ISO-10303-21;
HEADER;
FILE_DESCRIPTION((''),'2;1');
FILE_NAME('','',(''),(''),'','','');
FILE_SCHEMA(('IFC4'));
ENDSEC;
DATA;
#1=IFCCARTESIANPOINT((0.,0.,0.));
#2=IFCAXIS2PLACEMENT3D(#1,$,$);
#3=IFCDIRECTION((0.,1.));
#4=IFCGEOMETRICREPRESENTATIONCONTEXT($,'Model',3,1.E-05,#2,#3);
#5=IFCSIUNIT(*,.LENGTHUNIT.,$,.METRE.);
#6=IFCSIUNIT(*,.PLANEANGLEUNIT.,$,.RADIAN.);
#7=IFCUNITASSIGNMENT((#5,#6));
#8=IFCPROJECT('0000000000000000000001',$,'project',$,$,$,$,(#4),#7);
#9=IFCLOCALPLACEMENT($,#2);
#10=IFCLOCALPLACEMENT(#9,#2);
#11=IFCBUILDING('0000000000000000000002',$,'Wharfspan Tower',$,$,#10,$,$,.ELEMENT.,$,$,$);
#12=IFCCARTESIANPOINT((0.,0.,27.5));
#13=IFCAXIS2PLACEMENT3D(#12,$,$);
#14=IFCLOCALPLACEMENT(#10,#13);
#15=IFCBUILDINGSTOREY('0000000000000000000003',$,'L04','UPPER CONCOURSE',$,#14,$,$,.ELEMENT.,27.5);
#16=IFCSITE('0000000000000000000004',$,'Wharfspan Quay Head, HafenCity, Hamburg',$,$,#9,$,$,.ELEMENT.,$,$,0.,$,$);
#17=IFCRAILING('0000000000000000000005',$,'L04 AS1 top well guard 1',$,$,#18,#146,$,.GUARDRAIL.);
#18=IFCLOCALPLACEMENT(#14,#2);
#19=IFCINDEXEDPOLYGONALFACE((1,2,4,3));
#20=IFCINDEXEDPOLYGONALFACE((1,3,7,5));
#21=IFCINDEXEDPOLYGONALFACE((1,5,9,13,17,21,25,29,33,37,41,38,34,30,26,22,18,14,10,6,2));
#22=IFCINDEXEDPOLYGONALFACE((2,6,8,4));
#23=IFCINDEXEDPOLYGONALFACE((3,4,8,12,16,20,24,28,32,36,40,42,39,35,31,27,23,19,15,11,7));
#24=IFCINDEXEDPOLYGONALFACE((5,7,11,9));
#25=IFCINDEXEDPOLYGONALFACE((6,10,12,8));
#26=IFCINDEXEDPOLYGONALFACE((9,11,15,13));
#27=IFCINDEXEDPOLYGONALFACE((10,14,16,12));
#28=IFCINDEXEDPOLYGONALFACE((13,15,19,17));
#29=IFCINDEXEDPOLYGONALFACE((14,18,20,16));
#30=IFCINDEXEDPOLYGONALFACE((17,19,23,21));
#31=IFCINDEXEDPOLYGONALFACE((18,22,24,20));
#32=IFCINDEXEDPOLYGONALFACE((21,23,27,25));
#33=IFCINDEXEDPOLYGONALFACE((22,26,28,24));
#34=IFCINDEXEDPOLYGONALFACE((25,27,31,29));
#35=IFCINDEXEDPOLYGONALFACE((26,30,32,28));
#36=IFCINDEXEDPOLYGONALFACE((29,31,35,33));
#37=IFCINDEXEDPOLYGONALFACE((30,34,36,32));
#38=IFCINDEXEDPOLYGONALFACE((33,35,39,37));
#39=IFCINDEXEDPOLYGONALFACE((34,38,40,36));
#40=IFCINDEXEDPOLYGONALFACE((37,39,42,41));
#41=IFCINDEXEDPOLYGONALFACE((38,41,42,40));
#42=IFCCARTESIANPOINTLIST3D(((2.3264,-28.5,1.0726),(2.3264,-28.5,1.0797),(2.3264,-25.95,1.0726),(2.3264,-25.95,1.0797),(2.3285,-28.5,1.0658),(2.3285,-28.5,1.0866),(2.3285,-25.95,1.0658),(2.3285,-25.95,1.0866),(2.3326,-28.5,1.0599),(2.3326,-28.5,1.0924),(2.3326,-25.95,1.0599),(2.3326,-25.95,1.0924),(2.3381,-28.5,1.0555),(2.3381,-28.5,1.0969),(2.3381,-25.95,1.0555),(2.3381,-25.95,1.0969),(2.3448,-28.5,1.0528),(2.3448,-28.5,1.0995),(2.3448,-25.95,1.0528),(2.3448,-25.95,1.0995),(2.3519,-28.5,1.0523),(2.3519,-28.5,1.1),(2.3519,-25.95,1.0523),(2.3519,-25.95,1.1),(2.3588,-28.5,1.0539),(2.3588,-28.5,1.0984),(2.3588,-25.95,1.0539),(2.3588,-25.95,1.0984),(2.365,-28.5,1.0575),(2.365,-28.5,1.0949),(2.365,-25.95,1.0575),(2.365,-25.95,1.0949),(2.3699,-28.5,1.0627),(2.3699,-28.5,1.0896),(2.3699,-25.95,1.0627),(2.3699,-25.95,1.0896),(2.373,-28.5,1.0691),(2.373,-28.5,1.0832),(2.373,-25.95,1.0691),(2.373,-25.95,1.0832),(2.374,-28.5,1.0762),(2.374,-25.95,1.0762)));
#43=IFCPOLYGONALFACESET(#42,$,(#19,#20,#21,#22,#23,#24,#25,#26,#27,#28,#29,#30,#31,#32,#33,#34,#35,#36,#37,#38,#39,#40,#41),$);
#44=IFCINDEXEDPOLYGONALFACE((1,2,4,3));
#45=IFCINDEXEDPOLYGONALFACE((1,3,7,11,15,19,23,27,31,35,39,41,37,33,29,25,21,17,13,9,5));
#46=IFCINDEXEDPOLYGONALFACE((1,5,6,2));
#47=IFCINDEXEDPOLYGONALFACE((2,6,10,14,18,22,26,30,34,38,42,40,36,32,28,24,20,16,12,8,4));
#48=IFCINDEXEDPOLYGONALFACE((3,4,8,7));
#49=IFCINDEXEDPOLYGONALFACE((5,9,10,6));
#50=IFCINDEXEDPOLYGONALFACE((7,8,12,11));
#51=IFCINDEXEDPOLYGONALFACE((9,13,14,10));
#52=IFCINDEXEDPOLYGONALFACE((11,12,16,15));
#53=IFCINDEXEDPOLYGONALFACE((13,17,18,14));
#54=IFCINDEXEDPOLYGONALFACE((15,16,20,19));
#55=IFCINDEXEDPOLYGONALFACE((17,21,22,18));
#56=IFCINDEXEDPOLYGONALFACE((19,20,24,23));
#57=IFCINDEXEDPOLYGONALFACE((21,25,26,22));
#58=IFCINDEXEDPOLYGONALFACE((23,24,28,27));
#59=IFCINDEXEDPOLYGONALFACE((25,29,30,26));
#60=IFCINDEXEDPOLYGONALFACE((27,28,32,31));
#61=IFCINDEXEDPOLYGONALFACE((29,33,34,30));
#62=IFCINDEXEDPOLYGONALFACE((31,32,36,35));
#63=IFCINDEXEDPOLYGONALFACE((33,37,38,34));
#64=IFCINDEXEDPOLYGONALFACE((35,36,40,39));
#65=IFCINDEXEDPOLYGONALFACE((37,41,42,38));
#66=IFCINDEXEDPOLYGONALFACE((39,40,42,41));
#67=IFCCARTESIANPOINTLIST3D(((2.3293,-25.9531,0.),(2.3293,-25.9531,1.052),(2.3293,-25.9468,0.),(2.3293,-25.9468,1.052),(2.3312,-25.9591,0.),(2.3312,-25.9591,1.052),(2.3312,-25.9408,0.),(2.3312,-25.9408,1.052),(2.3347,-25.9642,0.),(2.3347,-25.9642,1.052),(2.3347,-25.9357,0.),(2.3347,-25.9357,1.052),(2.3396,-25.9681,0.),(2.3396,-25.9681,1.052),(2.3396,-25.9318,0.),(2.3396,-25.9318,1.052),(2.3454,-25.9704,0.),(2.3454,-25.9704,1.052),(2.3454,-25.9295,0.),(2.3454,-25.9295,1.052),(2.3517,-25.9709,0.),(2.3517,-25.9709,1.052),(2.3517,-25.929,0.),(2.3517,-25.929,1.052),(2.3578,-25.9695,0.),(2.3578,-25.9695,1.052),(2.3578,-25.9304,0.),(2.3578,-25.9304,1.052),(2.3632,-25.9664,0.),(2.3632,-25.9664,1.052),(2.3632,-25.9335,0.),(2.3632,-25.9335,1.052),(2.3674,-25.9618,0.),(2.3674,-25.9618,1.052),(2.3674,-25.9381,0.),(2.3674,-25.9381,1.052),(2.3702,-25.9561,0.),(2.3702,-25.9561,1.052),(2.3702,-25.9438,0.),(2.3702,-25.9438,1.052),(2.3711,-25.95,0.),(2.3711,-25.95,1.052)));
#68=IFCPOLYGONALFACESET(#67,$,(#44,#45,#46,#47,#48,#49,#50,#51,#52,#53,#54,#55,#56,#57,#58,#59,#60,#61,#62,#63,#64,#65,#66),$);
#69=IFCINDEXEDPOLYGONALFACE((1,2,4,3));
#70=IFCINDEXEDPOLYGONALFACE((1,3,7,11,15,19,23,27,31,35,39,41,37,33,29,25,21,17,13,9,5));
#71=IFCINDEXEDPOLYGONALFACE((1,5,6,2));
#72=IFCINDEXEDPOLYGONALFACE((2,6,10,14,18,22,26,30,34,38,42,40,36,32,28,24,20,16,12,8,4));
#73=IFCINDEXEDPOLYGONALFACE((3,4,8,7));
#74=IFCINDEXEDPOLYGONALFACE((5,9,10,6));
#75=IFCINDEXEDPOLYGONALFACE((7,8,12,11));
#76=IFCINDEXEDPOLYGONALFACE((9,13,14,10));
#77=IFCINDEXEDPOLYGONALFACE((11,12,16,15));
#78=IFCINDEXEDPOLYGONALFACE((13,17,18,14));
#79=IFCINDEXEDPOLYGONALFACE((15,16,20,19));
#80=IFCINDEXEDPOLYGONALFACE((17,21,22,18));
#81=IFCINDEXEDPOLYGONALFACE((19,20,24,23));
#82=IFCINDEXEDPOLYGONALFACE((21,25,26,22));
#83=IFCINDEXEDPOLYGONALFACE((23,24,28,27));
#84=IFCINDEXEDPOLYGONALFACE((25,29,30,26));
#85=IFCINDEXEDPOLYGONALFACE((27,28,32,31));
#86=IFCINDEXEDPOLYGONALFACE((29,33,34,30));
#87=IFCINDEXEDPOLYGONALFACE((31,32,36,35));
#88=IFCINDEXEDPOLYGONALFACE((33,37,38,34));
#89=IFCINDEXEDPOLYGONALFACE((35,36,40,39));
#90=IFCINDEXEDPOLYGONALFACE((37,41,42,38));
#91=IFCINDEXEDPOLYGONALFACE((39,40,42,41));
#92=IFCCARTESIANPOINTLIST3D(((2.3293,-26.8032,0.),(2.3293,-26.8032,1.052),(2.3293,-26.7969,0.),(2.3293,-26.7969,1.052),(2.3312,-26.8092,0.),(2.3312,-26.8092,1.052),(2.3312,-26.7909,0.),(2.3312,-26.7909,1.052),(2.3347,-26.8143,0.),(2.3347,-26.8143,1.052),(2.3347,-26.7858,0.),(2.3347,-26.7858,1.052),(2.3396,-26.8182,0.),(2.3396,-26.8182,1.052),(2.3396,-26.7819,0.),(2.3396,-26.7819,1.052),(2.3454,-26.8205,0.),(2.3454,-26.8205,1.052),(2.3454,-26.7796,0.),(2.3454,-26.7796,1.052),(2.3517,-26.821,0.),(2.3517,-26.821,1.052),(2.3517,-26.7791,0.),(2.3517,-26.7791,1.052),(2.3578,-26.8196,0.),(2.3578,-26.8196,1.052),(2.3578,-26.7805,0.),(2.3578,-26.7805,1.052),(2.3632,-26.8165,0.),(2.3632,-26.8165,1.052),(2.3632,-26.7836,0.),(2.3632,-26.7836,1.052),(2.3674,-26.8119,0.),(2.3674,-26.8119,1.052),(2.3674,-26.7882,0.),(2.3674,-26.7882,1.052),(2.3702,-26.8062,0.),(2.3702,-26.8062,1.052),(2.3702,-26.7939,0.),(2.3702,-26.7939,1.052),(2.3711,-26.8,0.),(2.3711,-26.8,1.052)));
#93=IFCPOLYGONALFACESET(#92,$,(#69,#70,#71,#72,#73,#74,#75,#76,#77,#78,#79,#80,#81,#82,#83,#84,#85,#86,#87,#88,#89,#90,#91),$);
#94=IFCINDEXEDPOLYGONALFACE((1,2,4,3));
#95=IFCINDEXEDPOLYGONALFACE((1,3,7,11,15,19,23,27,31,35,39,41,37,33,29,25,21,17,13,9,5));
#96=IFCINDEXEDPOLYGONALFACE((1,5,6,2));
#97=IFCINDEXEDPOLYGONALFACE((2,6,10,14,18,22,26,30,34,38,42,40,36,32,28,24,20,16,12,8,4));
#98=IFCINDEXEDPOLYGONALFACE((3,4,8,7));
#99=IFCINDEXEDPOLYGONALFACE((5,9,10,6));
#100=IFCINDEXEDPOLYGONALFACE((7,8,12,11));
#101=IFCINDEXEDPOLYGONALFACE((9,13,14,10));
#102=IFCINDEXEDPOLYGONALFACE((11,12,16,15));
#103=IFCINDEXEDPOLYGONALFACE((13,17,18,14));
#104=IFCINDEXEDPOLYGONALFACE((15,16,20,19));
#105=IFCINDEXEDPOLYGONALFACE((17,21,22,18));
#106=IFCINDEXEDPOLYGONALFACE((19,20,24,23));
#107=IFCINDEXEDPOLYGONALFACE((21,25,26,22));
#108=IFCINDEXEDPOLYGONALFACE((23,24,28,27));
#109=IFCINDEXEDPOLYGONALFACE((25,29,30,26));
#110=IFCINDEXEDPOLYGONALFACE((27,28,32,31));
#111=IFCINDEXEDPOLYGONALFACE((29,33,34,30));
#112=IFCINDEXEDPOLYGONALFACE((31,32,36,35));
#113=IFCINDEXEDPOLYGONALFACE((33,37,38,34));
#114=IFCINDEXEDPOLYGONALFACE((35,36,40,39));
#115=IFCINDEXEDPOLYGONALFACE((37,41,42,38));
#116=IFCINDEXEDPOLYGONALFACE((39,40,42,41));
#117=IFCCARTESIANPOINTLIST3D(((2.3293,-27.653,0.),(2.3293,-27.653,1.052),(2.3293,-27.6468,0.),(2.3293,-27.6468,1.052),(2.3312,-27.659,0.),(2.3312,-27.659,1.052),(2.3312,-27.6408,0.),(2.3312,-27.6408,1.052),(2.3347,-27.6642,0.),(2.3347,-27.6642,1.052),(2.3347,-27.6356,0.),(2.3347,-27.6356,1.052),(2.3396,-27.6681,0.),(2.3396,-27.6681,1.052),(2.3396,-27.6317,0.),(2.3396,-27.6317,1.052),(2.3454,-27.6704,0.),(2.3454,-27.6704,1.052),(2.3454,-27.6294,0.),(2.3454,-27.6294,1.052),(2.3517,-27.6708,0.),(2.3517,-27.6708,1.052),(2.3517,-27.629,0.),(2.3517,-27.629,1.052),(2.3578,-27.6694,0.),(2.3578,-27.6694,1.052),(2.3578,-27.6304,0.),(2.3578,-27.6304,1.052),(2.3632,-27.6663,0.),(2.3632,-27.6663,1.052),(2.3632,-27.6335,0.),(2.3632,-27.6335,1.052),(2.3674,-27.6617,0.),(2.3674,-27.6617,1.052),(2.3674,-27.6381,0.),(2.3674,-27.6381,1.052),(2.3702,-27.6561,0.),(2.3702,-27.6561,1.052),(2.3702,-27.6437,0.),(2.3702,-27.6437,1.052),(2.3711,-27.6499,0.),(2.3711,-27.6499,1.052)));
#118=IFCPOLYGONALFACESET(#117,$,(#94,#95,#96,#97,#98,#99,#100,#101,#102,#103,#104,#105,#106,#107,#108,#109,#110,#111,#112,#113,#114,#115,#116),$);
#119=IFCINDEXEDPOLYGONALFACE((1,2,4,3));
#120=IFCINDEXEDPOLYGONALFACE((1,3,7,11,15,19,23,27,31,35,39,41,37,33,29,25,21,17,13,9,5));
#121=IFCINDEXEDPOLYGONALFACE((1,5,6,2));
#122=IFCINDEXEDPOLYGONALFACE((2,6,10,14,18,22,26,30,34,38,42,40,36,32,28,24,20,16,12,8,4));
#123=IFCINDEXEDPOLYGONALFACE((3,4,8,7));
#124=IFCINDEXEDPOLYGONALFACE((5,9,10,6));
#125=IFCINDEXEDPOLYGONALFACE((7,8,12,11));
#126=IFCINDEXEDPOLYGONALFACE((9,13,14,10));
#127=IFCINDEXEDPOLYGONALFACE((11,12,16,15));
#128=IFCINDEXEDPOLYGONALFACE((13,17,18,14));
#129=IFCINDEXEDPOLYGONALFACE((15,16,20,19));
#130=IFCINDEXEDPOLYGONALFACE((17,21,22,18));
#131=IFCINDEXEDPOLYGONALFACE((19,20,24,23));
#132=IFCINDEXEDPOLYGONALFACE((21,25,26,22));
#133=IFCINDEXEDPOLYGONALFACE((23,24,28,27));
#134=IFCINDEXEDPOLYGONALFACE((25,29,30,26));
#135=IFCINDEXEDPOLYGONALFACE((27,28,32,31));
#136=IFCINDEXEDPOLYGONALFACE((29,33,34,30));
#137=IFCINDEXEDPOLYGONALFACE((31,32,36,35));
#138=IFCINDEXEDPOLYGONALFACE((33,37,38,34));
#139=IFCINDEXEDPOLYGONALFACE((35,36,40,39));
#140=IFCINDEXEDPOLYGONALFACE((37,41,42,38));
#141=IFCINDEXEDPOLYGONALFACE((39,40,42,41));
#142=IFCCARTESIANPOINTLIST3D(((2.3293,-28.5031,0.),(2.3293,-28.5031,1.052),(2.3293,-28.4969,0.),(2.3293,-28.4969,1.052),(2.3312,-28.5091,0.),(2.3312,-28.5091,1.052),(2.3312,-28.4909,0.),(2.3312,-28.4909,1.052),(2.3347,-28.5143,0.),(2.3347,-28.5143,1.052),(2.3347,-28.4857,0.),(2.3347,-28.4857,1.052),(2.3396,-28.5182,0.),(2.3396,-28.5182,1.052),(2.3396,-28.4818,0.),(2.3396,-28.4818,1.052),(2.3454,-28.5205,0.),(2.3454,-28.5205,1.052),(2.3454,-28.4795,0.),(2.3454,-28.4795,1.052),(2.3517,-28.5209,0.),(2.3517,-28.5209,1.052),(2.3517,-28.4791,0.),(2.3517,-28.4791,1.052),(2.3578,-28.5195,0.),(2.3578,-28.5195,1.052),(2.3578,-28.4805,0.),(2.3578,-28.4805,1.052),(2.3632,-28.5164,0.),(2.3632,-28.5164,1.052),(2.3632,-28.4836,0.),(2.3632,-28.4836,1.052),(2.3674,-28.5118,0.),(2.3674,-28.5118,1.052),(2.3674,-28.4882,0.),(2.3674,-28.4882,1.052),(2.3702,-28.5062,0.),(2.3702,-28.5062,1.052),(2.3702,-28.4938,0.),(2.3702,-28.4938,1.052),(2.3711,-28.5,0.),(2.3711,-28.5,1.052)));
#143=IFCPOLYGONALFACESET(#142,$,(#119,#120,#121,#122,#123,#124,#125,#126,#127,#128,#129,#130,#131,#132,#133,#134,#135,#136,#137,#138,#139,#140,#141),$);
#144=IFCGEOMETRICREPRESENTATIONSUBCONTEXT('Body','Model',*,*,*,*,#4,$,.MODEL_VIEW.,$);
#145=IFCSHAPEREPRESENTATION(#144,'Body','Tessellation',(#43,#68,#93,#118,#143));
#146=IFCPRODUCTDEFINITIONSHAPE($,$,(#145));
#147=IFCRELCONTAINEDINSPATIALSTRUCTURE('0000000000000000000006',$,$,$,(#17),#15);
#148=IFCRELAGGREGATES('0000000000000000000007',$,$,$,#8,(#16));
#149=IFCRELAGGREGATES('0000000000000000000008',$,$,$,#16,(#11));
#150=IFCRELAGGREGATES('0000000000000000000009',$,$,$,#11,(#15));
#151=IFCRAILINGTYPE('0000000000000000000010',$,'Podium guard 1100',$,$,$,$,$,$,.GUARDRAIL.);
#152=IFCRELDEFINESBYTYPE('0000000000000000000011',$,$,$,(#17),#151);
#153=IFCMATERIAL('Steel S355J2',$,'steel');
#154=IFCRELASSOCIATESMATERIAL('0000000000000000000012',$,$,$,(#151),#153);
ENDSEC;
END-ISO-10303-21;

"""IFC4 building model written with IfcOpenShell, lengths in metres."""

from ifc_helpers import new_model, si_unit, direction, frame, origin, origin_2d, place, context, subcontext, project, spatial, circle, extrude, material, type_object, element, save


model = new_model("IFC4")

# Units and contexts
model_context = context("Model", 3, precision=1e-05, world=origin(), true_north=direction((0.0, 1.0)))
body_context = subcontext(model_context, "Body", "Model", "MODEL_VIEW")
ifc_project = project(units=[si_unit("LENGTHUNIT", "METRE"), si_unit("PLANEANGLEUNIT", "RADIAN")], contexts=[model_context])

# Site, building, storey
site_placement = place(None, origin())
site = spatial("IfcSite", under=ifc_project, at=site_placement, Name="Wharfspan Quay Head, HafenCity, Hamburg", CompositionType="ELEMENT", RefElevation=0.0)
building_placement = place(site_placement, origin())
building = spatial("IfcBuilding", under=site, at=building_placement, Name="Wharfspan Tower", CompositionType="ELEMENT")
storey_placement = place(building_placement, frame((0.0, 0.0, 27.5)))
storey = spatial("IfcBuildingStorey", under=building, at=storey_placement, Name="L04", Description="UPPER CONCOURSE", CompositionType="ELEMENT", Elevation=27.5)

# Railing
ifc_material_1 = material(Name="Steel S355J2", Category="steel")
railing_type_1 = type_object("IfcRailingType", Name="Podium guard 1100", PredefinedType="GUARDRAIL", material=ifc_material_1)
railing_1_placement = place(storey_placement, frame((2.3501, -25.95, 0.0)))
element("IfcRailing", 1, at=railing_1_placement, inside=storey, type_object=railing_type_1, Name="L04 AS1 top well guard 1", PredefinedType="GUARDRAIL", context=body_context, shape_type="SweptSolid", body=[
    extrude(circle(Radius=0.0239, at=origin_2d()), frame((0.0, 0.0, 1.0762), z_axis=(0.0, -1.0, 0.0), x_axis=(1.0, 0.0, 0.0)), (0.0, 0.0, 1.0), 2.55),
    extrude(circle(Radius=0.021, at=origin_2d()), origin(), (0.0, 0.0, 1.0), 1.052),
    extrude(circle(Radius=0.021, at=origin_2d()), frame((0.0, -0.8501, 0.0)), (0.0, 0.0, 1.0), 1.052),
    extrude(circle(Radius=0.021, at=origin_2d()), frame((0.0, -1.7, 0.0)), (0.0, 0.0, 1.0), 1.052),
    extrude(circle(Radius=0.021, at=origin_2d()), frame((0.0, -2.55, 0.0)), (0.0, 0.0, 1.0), 1.052),
])

save(model, "model.ifc")
